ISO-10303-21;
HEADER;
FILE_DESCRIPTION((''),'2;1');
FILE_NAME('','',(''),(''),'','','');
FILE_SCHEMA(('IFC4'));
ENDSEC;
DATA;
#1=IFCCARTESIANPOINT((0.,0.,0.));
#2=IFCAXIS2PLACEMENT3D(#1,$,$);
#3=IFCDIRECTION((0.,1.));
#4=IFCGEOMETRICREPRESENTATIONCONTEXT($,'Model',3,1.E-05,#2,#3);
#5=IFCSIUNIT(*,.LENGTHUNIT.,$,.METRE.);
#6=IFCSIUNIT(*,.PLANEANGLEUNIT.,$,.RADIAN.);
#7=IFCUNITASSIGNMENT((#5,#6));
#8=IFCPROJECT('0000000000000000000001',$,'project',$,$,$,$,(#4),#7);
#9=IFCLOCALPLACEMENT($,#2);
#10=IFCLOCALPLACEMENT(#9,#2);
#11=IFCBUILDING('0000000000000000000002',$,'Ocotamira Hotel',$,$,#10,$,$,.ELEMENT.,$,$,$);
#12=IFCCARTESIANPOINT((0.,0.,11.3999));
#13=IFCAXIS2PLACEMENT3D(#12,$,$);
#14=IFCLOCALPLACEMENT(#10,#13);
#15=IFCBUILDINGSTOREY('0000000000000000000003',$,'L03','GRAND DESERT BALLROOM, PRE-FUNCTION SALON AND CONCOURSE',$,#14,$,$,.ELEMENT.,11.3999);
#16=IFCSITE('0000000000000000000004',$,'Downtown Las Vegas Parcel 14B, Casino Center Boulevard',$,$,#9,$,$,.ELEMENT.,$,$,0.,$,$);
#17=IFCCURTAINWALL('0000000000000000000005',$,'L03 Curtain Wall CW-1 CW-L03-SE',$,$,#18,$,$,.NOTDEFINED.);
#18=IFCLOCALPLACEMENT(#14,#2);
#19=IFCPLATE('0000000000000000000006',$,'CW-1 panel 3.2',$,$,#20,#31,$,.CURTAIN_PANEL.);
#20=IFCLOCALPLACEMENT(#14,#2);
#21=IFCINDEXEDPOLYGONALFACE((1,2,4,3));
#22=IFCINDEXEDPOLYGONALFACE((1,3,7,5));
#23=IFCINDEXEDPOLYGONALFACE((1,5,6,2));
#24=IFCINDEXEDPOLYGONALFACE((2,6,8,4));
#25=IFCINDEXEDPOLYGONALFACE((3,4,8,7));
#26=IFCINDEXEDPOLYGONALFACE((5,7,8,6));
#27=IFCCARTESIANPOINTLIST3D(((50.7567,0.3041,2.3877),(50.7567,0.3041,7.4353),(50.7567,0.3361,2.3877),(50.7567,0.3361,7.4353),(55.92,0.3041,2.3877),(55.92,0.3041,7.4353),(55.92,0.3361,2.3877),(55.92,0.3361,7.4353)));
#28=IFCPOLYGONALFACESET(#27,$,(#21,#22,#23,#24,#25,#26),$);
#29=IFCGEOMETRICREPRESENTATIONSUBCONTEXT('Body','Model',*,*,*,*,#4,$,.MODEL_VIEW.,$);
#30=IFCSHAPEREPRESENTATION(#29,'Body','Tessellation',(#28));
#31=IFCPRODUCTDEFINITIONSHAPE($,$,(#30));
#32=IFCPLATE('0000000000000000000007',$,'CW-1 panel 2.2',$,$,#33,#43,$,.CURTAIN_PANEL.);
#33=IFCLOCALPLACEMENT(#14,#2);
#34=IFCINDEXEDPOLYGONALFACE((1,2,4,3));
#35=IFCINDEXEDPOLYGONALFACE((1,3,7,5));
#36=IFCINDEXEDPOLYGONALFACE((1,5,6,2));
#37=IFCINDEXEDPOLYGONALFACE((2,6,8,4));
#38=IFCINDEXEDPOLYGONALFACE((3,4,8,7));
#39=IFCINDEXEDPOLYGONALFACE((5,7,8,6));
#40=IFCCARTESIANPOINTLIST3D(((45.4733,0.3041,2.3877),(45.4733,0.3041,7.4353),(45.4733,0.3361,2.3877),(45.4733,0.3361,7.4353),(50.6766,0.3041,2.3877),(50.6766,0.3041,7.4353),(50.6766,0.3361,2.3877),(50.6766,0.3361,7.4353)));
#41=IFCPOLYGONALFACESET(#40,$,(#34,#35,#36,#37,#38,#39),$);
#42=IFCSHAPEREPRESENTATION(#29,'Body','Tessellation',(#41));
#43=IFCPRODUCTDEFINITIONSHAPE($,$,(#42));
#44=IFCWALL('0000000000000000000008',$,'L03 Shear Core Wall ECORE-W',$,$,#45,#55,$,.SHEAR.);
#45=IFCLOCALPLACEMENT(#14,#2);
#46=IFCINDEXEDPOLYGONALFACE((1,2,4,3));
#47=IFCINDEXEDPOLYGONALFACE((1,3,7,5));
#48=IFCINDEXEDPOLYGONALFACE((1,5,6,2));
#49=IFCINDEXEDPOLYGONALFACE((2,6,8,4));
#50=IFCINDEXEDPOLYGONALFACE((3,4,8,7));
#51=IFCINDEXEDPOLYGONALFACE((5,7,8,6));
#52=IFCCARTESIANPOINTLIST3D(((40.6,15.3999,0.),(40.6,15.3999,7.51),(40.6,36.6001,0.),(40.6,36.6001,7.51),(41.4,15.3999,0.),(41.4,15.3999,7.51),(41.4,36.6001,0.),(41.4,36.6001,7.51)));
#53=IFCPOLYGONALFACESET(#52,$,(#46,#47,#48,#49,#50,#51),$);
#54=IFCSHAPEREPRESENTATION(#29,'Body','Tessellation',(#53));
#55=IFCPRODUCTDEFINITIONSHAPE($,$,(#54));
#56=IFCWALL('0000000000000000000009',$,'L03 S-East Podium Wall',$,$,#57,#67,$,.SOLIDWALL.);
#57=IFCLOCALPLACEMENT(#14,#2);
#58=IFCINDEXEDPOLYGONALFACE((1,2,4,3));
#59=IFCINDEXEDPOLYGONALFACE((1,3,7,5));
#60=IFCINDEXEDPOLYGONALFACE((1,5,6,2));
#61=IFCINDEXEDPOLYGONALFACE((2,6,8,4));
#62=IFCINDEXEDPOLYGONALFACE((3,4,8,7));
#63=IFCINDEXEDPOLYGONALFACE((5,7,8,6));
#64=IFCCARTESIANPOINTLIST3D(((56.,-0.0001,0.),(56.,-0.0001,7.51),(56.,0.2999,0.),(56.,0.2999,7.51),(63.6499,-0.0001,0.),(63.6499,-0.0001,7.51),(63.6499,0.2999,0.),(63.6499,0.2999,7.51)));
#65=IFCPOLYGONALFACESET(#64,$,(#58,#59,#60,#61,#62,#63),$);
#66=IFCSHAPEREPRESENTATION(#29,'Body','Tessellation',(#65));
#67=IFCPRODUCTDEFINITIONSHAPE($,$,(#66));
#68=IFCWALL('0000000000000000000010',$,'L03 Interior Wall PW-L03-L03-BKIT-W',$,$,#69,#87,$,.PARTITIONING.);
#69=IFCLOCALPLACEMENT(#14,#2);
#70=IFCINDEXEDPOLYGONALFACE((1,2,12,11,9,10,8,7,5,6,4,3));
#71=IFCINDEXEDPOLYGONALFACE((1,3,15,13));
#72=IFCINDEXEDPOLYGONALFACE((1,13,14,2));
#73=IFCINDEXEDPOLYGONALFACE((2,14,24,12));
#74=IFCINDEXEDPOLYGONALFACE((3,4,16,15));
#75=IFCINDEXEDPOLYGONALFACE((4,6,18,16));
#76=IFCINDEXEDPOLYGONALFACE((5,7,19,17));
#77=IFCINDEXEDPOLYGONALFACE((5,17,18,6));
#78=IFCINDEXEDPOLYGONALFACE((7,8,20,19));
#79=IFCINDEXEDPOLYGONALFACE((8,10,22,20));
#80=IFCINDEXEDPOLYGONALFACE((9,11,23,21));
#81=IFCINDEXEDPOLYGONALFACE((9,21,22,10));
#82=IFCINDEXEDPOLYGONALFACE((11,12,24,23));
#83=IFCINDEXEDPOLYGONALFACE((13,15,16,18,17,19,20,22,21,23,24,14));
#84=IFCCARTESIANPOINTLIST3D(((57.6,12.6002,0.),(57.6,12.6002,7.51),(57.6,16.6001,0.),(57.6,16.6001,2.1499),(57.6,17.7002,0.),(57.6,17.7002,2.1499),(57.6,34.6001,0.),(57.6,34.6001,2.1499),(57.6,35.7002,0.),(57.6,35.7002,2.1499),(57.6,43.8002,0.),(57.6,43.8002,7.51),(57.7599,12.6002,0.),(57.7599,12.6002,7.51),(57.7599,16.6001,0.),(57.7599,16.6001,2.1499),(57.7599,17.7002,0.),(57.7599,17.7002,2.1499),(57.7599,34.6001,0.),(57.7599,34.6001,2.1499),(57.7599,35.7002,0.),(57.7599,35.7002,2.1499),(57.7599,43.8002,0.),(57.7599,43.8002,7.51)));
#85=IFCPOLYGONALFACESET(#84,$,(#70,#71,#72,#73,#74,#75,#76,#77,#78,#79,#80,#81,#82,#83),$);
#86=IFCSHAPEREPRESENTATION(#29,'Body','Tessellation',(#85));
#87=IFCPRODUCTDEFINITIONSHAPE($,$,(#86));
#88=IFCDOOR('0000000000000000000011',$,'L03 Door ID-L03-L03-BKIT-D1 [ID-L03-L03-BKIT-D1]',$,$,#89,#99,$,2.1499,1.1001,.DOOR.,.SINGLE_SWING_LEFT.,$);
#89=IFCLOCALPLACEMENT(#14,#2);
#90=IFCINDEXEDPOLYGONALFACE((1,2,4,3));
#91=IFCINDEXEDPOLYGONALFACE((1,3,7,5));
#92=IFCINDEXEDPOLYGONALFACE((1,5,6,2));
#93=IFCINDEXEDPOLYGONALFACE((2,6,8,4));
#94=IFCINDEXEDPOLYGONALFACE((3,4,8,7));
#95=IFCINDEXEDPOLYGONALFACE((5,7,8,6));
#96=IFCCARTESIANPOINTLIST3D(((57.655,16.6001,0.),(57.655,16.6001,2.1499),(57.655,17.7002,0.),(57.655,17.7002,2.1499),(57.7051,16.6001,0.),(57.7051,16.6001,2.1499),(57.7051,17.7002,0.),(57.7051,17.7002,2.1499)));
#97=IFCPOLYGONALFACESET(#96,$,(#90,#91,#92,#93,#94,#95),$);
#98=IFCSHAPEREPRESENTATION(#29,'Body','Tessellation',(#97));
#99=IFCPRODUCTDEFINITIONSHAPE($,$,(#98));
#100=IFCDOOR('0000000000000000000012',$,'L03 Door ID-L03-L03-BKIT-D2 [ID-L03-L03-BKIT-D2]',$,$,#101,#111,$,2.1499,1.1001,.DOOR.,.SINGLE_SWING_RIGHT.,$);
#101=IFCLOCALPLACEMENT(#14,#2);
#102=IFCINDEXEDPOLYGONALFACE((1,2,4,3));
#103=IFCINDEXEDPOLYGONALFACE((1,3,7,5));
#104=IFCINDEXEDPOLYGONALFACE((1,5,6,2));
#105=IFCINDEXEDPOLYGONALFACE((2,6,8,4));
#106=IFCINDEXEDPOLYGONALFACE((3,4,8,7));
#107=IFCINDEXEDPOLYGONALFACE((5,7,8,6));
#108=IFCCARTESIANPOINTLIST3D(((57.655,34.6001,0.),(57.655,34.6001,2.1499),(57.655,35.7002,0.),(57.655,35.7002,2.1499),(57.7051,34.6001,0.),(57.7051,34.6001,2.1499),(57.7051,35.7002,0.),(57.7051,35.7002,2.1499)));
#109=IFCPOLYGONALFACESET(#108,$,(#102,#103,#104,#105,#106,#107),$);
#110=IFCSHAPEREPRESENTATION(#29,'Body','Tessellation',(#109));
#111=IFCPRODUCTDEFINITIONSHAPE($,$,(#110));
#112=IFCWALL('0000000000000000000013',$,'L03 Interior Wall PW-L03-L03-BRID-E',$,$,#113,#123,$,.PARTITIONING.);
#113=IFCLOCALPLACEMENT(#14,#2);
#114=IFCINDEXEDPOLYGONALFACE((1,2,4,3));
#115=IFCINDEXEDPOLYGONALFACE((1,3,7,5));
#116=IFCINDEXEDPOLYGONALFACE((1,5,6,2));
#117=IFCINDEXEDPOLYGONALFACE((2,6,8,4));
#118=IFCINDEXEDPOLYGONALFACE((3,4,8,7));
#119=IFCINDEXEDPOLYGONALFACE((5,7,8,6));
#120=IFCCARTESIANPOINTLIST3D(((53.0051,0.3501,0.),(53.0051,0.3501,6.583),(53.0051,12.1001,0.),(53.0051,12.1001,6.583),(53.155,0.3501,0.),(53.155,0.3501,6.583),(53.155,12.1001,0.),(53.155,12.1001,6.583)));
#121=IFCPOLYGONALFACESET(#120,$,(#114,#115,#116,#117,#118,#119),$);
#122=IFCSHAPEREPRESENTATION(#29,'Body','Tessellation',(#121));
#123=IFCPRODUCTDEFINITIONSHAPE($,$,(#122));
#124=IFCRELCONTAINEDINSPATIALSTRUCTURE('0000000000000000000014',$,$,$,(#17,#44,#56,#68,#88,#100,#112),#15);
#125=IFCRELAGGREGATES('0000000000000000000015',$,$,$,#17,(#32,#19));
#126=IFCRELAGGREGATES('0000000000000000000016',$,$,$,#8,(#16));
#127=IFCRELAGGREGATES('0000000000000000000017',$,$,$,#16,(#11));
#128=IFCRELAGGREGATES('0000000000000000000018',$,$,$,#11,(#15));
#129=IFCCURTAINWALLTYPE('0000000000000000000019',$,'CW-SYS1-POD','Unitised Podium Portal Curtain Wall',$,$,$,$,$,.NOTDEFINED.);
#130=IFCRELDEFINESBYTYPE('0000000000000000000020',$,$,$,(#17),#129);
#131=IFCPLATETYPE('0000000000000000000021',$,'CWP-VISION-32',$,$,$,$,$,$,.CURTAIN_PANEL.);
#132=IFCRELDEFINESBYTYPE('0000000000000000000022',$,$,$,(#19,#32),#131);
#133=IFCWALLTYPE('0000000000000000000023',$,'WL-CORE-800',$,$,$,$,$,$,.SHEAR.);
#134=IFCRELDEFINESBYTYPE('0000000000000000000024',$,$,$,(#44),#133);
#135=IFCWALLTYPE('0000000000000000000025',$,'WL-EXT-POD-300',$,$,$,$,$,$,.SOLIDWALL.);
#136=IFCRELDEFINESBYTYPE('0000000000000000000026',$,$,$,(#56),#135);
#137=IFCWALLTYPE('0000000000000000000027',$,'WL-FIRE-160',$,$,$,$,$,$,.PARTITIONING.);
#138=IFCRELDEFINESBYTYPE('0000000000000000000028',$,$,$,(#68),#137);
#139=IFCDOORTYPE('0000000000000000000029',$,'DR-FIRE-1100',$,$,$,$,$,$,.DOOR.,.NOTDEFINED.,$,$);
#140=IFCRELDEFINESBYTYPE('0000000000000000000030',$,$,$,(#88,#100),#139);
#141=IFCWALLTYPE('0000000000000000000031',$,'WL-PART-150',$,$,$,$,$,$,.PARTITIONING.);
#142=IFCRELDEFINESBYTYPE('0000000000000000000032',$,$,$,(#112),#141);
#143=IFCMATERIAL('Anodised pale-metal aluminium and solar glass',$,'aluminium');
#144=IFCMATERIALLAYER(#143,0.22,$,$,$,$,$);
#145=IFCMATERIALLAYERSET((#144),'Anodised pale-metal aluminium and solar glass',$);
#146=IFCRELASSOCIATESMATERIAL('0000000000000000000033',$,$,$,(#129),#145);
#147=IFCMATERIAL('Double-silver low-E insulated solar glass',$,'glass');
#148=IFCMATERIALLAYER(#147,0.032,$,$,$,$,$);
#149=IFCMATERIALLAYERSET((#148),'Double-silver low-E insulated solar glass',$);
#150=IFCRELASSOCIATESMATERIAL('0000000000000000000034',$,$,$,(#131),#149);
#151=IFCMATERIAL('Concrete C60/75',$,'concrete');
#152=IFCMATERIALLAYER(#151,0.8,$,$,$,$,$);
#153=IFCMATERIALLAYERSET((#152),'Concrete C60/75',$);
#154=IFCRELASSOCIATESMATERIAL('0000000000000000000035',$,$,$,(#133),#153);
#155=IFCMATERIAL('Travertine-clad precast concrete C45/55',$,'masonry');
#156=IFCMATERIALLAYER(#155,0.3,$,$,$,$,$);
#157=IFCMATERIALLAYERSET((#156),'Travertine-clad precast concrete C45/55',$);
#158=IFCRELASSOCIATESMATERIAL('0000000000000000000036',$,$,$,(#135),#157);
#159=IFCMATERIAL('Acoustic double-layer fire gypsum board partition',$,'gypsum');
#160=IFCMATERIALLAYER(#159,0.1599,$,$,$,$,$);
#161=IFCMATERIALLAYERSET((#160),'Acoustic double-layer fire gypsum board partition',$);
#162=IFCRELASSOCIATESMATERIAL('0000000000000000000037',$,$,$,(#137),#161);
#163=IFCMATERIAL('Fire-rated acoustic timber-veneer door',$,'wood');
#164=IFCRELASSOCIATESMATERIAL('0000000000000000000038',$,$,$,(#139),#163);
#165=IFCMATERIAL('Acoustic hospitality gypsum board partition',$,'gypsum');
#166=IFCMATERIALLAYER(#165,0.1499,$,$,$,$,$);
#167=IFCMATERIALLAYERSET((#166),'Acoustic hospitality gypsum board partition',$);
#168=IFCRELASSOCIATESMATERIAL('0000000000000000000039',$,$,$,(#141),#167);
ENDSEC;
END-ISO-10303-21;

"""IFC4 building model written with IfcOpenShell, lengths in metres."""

from ifc_helpers import new_model, si_unit, direction, frame, frame_2d, origin, origin_2d, place, context, subcontext, project, spatial, rectangle, extrude, source, transform, mapped, material, layer, layer_set, type_object, element, fill, aggregate, save


model = new_model("IFC4")

# Units and contexts
model_context = context("Model", 3, precision=1e-05, world=origin(), true_north=direction((0.0, 1.0)))
body_context = subcontext(model_context, "Body", "Model", "MODEL_VIEW")
ifc_project = project(units=[si_unit("LENGTHUNIT", "METRE"), si_unit("PLANEANGLEUNIT", "RADIAN")], contexts=[model_context])

# Site, building, storey
site_placement = place(None, origin())
site = spatial("IfcSite", under=ifc_project, at=site_placement, Name="Downtown Las Vegas Parcel 14B, Casino Center Boulevard", CompositionType="ELEMENT", RefElevation=0.0)
building_placement = place(site_placement, origin())
building = spatial("IfcBuilding", under=site, at=building_placement, Name="Ocotamira Hotel", CompositionType="ELEMENT")
storey_placement = place(building_placement, frame((0.0, 0.0, 11.3999)))
storey = spatial("IfcBuildingStorey", under=building, at=storey_placement, Name="L03", Description="GRAND DESERT BALLROOM, PRE-FUNCTION SALON AND CONCOURSE", CompositionType="ELEMENT", Elevation=11.3999)

# Shared definitions
ifc_material_1 = material(Name="Concrete C60/75", Category="concrete")

# Curtain wall, plates
ifc_material_2 = material(Name="Anodised pale-metal aluminium and solar glass", Category="aluminium")
ifc_layer_1 = layer(ifc_material_2, 0.22)
ifc_layer_set_1 = layer_set([ifc_layer_1], Name="Anodised pale-metal aluminium and solar glass")
curtain_wall_type = type_object("IfcCurtainWallType", Name="CW-SYS1-POD", Description="Unitised Podium Portal Curtain Wall", PredefinedType="NOTDEFINED", material=ifc_layer_set_1)
curtain_wall_placement = place(storey_placement, origin())
curtain_wall = element("IfcCurtainWall", 1, at=curtain_wall_placement, inside=storey, type_object=curtain_wall_type, Name="L03 Curtain Wall CW-1 CW-L03-SE", PredefinedType="NOTDEFINED")
ifc_material_3 = material(Name="Double-silver low-E insulated solar glass", Category="glass")
ifc_layer_2 = layer(ifc_material_3, 0.032)
ifc_layer_set_2 = layer_set([ifc_layer_2], Name="Double-silver low-E insulated solar glass")
plate_type = type_object("IfcPlateType", Name="CWP-VISION-32", PredefinedType="CURTAIN_PANEL", material=ifc_layer_set_2)
shared_shape_1 = source(origin(), body_context, "Body", "SweptSolid", [
    extrude(rectangle(XDim=5.1633, YDim=0.032, at=origin_2d()), origin(), (0.0, 0.0, 1.0), 5.0476),
])
plate_1_placement = place(storey_placement, frame((53.3384, 0.3201, 2.3877), z_axis=(0.0, 0.0, 1.0), x_axis=(1.0, 0.0, 0.0)))
plate_1 = element("IfcPlate", 2, at=plate_1_placement, type_object=plate_type, Name="CW-1 panel 3.2", PredefinedType="CURTAIN_PANEL", context=body_context, shape_type="MappedRepresentation", body=[
    mapped(shared_shape_1, transform((0.0, 0.0, 0.0), scale=1.0)),
])
shared_shape_2 = source(origin(), body_context, "Body", "SweptSolid", [
    extrude(rectangle(XDim=5.2034, YDim=0.032, at=origin_2d()), origin(), (0.0, 0.0, 1.0), 5.0476),
])
plate_2_placement = place(storey_placement, frame((48.075, 0.3201, 2.3877), z_axis=(0.0, 0.0, 1.0), x_axis=(1.0, 0.0, 0.0)))
plate_2 = element("IfcPlate", 3, at=plate_2_placement, type_object=plate_type, Name="CW-1 panel 2.2", PredefinedType="CURTAIN_PANEL", context=body_context, shape_type="MappedRepresentation", body=[
    mapped(shared_shape_2, transform((0.0, 0.0, 0.0), scale=1.0)),
])
aggregate(curtain_wall, [plate_2, plate_1])

# Walls
ifc_layer_3 = layer(ifc_material_1, 0.8)
ifc_layer_set_3 = layer_set([ifc_layer_3], Name="Concrete C60/75")
wall_type_1 = type_object("IfcWallType", Name="WL-CORE-800", PredefinedType="SHEAR", material=ifc_layer_set_3)
wall_1_placement = place(storey_placement, frame((41.0, 15.3999, 0.0), z_axis=(0.0, 0.0, 1.0), x_axis=(0.0, 1.0, 0.0)))
element("IfcWall", 4, at=wall_1_placement, inside=storey, type_object=wall_type_1, Name="L03 Shear Core Wall ECORE-W", PredefinedType="SHEAR", context=body_context, shape_type="SweptSolid", body=[
    extrude(rectangle(XDim=21.2002, YDim=0.8, at=frame_2d((10.6001, 0.0))), origin(), (0.0, 0.0, 1.0), 7.51),
])
ifc_material_4 = material(Name="Travertine-clad precast concrete C45/55", Category="masonry")
ifc_layer_4 = layer(ifc_material_4, 0.3)
ifc_layer_set_4 = layer_set([ifc_layer_4], Name="Travertine-clad precast concrete C45/55")
wall_type_2 = type_object("IfcWallType", Name="WL-EXT-POD-300", PredefinedType="SOLIDWALL", material=ifc_layer_set_4)
wall_2_placement = place(storey_placement, frame((63.6499, 0.1499, 0.0), z_axis=(0.0, 0.0, 1.0), x_axis=(-1.0, 0.0, 0.0)))
element("IfcWall", 5, at=wall_2_placement, inside=storey, type_object=wall_type_2, Name="L03 S-East Podium Wall", PredefinedType="SOLIDWALL", context=body_context, shape_type="SweptSolid", body=[
    extrude(rectangle(XDim=7.6499, YDim=0.3, at=frame_2d((3.825, 0.0))), origin(), (0.0, 0.0, 1.0), 7.51),
])

# Wall, openings, doors
ifc_material_5 = material(Name="Acoustic double-layer fire gypsum board partition", Category="gypsum")
ifc_layer_5 = layer(ifc_material_5, 0.1599)
ifc_layer_set_5 = layer_set([ifc_layer_5], Name="Acoustic double-layer fire gypsum board partition")
wall_type_3 = type_object("IfcWallType", Name="WL-FIRE-160", PredefinedType="PARTITIONING", material=ifc_layer_set_5)
wall_3_placement = place(storey_placement, frame((57.6799, 12.6001, 0.0), z_axis=(0.0, 0.0, 1.0), x_axis=(0.0, 1.0, 0.0)))
wall_3 = element("IfcWall", 6, at=wall_3_placement, inside=storey, type_object=wall_type_3, Name="L03 Interior Wall PW-L03-L03-BKIT-W", PredefinedType="PARTITIONING", context=body_context, shape_type="SweptSolid", body=[
    extrude(rectangle(XDim=31.2, YDim=0.1599, at=frame_2d((15.6001, 0.0))), origin(), (0.0, 0.0, 1.0), 7.51),
])
opening_1_placement = place(wall_3_placement, frame((4.0, 0.0, 0.0)))
opening_1 = element("IfcOpeningElement", 7, at=opening_1_placement, cuts=wall_3, PredefinedType="OPENING", context=body_context, shape_type="SweptSolid", body=[
    extrude(rectangle(XDim=1.1001, YDim=2.1499, at=frame_2d((0.55, 1.075))), frame((0.0, 0.0898, 0.0), z_axis=(0.0, -1.0, 0.0), x_axis=(1.0, 0.0, 0.0)), (0.0, 0.0, 1.0), 0.1799),
])
opening_2_placement = place(wall_3_placement, frame((22.0, 0.0, 0.0)))
opening_2 = element("IfcOpeningElement", 8, at=opening_2_placement, cuts=wall_3, PredefinedType="OPENING", context=body_context, shape_type="SweptSolid", body=[
    extrude(rectangle(XDim=1.1001, YDim=2.1499, at=frame_2d((0.55, 1.075))), frame((0.0, 0.0898, 0.0), z_axis=(0.0, -1.0, 0.0), x_axis=(1.0, 0.0, 0.0)), (0.0, 0.0, 1.0), 0.1799),
])
ifc_material_6 = material(Name="Fire-rated acoustic timber-veneer door", Category="wood")
door_type = type_object("IfcDoorType", Name="DR-FIRE-1100", OperationType="NOTDEFINED", PredefinedType="DOOR", material=ifc_material_6)
shared_shape_3 = source(origin(), body_context, "Body", "SweptSolid", [
    extrude(rectangle(XDim=1.1001, YDim=2.1499, at=frame_2d((0.55, 1.075))), frame((0.0, 0.0249, 0.0), z_axis=(0.0, -1.0, 0.0), x_axis=(1.0, 0.0, 0.0)), (0.0, 0.0, 1.0), 0.05),
])
door_1_placement = place(opening_1_placement, origin())
door_1 = element("IfcDoor", 9, at=door_1_placement, inside=storey, type_object=door_type, Name="L03 Door ID-L03-L03-BKIT-D1 [ID-L03-L03-BKIT-D1]", OperationType="SINGLE_SWING_LEFT", OverallHeight=2.1499, OverallWidth=1.1001, PredefinedType="DOOR", context=body_context, shape_type="MappedRepresentation", body=[
    mapped(shared_shape_3, transform((0.0, 0.0, 0.0), scale=1.0)),
])
fill(opening_1, door_1)
door_2_placement = place(opening_2_placement, origin())
door_2 = element("IfcDoor", 10, at=door_2_placement, inside=storey, type_object=door_type, Name="L03 Door ID-L03-L03-BKIT-D2 [ID-L03-L03-BKIT-D2]", OperationType="SINGLE_SWING_RIGHT", OverallHeight=2.1499, OverallWidth=1.1001, PredefinedType="DOOR", context=body_context, shape_type="MappedRepresentation", body=[
    mapped(shared_shape_3, transform((0.0, 0.0, 0.0), scale=1.0)),
])
fill(opening_2, door_2)

# Wall
ifc_material_7 = material(Name="Acoustic hospitality gypsum board partition", Category="gypsum")
ifc_layer_6 = layer(ifc_material_7, 0.1499)
ifc_layer_set_6 = layer_set([ifc_layer_6], Name="Acoustic hospitality gypsum board partition")
wall_type_4 = type_object("IfcWallType", Name="WL-PART-150", PredefinedType="PARTITIONING", material=ifc_layer_set_6)
wall_4_placement = place(storey_placement, frame((53.0801, 0.3501, 0.0), z_axis=(0.0, 0.0, 1.0), x_axis=(0.0, 1.0, 0.0)))
element("IfcWall", 11, at=wall_4_placement, inside=storey, type_object=wall_type_4, Name="L03 Interior Wall PW-L03-L03-BRID-E", PredefinedType="PARTITIONING", context=body_context, shape_type="SweptSolid", body=[
    extrude(rectangle(XDim=11.75, YDim=0.1499, at=frame_2d((5.875, 0.0))), origin(), (0.0, 0.0, 1.0), 6.583),
])

save(model, "model.ifc")
